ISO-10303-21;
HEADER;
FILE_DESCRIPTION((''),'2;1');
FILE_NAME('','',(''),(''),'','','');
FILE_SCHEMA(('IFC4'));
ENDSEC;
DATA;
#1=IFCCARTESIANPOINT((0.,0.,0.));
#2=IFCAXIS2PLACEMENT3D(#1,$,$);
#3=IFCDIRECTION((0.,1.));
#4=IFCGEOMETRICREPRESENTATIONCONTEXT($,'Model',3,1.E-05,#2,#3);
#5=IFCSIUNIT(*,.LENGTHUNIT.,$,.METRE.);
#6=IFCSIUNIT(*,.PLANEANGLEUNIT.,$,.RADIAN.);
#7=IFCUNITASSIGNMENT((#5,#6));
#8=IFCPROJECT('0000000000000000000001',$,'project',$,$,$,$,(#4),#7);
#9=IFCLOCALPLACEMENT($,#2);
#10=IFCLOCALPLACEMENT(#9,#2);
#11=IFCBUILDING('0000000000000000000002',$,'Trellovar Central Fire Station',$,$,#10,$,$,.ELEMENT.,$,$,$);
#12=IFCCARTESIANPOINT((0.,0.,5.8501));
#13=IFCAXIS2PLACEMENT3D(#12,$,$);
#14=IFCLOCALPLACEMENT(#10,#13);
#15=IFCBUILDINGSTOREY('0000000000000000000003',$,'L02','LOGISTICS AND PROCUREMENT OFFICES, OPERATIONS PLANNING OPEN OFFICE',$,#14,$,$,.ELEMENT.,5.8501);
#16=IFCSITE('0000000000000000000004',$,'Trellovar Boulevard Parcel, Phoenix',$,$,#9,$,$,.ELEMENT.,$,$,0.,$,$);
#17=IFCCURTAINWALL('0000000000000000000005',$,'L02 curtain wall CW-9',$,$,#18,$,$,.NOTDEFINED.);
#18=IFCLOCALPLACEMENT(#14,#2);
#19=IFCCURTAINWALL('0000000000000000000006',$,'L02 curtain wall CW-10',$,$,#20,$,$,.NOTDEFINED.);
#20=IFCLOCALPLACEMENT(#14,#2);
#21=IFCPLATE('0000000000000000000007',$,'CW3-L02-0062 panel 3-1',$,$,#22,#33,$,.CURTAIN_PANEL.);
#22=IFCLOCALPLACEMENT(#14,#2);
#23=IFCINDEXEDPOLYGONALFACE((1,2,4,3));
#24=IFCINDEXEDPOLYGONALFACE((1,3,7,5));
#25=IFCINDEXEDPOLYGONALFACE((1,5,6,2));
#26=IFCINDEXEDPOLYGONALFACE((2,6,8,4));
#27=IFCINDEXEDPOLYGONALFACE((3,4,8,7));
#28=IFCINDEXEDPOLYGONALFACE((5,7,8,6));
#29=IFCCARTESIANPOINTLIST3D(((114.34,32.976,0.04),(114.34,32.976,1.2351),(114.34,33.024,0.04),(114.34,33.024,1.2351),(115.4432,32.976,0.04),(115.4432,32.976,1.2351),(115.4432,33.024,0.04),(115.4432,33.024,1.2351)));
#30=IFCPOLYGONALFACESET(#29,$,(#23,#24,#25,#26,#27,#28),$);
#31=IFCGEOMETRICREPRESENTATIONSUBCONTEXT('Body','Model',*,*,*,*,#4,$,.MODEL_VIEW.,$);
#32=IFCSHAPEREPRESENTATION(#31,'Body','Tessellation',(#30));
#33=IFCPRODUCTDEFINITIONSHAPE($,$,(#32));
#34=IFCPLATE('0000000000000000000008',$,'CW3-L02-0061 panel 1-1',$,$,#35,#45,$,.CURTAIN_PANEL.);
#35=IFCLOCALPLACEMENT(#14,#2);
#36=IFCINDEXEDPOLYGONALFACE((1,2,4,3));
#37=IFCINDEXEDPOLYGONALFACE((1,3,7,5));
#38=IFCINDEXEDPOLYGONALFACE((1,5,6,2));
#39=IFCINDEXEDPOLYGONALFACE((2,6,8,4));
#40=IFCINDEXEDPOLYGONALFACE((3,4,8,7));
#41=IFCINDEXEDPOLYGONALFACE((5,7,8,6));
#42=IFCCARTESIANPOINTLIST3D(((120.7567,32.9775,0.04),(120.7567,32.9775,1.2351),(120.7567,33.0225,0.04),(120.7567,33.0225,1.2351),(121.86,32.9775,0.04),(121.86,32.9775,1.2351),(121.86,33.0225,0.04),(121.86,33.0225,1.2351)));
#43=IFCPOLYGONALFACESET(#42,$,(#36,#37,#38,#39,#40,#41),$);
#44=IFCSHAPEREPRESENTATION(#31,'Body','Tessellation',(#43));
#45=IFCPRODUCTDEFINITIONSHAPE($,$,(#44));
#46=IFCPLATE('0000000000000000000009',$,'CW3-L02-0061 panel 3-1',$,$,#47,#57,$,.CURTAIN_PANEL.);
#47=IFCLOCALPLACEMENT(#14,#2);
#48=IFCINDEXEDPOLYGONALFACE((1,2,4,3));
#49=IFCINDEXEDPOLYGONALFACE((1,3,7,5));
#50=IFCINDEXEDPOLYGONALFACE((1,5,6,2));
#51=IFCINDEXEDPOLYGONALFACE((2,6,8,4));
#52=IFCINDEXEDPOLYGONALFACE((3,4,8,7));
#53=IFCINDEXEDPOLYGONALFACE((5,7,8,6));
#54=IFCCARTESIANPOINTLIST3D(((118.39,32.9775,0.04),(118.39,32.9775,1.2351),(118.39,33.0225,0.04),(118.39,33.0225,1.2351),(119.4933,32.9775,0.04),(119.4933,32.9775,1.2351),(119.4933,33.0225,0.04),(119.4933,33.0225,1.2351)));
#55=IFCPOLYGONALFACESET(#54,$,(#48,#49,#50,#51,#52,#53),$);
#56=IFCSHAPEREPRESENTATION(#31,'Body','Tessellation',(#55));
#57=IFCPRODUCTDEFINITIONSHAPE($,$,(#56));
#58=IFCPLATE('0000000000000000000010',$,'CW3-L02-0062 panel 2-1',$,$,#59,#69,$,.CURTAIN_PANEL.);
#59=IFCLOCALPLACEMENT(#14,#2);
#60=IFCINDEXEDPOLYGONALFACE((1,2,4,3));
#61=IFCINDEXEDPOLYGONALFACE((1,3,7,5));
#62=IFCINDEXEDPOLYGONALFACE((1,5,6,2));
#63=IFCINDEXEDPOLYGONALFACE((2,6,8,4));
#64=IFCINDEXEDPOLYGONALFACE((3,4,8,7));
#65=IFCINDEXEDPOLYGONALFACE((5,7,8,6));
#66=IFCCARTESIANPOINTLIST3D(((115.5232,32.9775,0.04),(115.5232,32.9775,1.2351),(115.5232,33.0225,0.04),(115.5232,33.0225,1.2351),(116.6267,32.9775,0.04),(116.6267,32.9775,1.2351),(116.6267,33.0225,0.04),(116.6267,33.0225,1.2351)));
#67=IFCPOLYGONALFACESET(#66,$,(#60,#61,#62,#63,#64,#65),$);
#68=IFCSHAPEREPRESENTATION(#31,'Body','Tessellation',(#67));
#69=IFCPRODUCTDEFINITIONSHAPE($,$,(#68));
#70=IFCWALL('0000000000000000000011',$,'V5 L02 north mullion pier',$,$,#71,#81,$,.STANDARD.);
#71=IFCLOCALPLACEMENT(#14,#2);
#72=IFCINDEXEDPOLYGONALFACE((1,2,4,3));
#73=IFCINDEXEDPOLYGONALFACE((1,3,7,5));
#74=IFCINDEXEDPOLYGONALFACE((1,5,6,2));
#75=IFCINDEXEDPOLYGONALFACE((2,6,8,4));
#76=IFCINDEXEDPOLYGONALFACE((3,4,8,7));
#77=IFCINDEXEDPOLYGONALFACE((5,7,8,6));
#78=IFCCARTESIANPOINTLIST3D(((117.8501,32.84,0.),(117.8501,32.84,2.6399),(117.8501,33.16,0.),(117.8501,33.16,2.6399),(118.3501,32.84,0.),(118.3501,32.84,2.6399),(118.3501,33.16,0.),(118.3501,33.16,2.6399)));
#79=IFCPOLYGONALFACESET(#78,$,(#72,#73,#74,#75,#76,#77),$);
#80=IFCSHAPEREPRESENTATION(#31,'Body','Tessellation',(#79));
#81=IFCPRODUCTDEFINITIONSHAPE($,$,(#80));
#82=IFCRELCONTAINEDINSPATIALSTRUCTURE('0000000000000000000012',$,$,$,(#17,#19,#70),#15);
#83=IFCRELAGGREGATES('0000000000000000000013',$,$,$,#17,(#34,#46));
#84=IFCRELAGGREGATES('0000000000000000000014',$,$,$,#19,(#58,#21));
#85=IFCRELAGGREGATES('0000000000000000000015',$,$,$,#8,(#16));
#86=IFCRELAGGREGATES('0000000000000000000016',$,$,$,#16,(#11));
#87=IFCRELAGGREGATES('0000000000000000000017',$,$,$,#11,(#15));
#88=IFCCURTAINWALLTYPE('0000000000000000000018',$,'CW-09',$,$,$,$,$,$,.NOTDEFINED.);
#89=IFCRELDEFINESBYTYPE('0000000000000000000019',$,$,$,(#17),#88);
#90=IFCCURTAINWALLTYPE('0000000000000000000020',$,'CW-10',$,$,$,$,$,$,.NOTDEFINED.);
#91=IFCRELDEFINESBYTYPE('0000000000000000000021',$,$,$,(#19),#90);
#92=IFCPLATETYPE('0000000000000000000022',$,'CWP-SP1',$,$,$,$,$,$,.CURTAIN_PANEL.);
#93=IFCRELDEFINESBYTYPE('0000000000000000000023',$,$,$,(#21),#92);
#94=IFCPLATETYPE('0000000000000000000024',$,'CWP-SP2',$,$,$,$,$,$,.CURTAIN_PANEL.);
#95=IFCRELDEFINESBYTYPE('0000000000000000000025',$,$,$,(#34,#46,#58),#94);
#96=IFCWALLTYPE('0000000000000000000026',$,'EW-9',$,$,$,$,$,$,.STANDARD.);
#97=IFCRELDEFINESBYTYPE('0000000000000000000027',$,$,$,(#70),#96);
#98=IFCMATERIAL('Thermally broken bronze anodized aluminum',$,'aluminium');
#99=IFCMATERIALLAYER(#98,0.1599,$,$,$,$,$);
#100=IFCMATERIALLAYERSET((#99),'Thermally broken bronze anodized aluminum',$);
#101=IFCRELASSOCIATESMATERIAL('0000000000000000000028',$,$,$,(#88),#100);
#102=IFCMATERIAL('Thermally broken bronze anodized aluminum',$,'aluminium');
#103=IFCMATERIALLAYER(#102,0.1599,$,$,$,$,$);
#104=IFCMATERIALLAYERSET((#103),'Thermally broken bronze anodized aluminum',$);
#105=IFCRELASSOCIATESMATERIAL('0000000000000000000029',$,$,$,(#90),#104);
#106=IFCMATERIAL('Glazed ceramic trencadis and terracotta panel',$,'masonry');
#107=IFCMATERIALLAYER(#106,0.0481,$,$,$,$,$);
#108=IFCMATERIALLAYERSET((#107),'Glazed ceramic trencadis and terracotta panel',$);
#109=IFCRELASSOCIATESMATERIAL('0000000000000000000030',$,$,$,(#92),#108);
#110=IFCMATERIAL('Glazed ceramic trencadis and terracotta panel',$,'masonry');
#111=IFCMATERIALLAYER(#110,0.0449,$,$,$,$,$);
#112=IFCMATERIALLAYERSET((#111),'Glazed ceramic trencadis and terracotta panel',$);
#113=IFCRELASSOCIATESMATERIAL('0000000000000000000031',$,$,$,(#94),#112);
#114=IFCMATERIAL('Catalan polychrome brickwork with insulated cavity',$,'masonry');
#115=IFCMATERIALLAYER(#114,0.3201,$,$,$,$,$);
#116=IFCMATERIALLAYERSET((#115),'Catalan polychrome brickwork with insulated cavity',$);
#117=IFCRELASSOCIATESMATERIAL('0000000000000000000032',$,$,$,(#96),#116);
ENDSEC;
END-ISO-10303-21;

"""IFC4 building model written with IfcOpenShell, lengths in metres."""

from ifc_helpers import new_model, si_unit, direction, frame, frame_2d, origin, origin_2d, place, context, subcontext, project, spatial, rectangle, extrude, material, layer, layer_set, type_object, element, aggregate, save


model = new_model("IFC4")

# Units and contexts
model_context = context("Model", 3, precision=1e-05, world=origin(), true_north=direction((0.0, 1.0)))
body_context = subcontext(model_context, "Body", "Model", "MODEL_VIEW")
ifc_project = project(units=[si_unit("LENGTHUNIT", "METRE"), si_unit("PLANEANGLEUNIT", "RADIAN")], contexts=[model_context])

# Site, building, storey
site_placement = place(None, origin())
site = spatial("IfcSite", under=ifc_project, at=site_placement, Name="Trellovar Boulevard Parcel, Phoenix", CompositionType="ELEMENT", RefElevation=0.0)
building_placement = place(site_placement, origin())
building = spatial("IfcBuilding", under=site, at=building_placement, Name="Trellovar Central Fire Station", CompositionType="ELEMENT")
storey_placement = place(building_placement, frame((0.0, 0.0, 5.8501)))
storey = spatial("IfcBuildingStorey", under=building, at=storey_placement, Name="L02", Description="LOGISTICS AND PROCUREMENT OFFICES, OPERATIONS PLANNING OPEN OFFICE", CompositionType="ELEMENT", Elevation=5.8501)

# Curtain walls
ifc_material_1 = material(Name="Thermally broken bronze anodized aluminum", Category="aluminium")
ifc_layer_1 = layer(ifc_material_1, 0.1599)
ifc_layer_set_1 = layer_set([ifc_layer_1], Name="Thermally broken bronze anodized aluminum")
curtain_wall_type_1 = type_object("IfcCurtainWallType", Name="CW-09", PredefinedType="NOTDEFINED", material=ifc_layer_set_1)
curtain_wall_1_placement = place(storey_placement, origin())
curtain_wall_1 = element("IfcCurtainWall", 1, at=curtain_wall_1_placement, inside=storey, type_object=curtain_wall_type_1, Name="L02 curtain wall CW-9", PredefinedType="NOTDEFINED")
ifc_material_2 = material(Name="Thermally broken bronze anodized aluminum", Category="aluminium")
ifc_layer_2 = layer(ifc_material_2, 0.1599)
ifc_layer_set_2 = layer_set([ifc_layer_2], Name="Thermally broken bronze anodized aluminum")
curtain_wall_type_2 = type_object("IfcCurtainWallType", Name="CW-10", PredefinedType="NOTDEFINED", material=ifc_layer_set_2)
curtain_wall_2_placement = place(storey_placement, origin())
curtain_wall_2 = element("IfcCurtainWall", 2, at=curtain_wall_2_placement, inside=storey, type_object=curtain_wall_type_2, Name="L02 curtain wall CW-10", PredefinedType="NOTDEFINED")

# Plates
ifc_material_3 = material(Name="Glazed ceramic trencadis and terracotta panel", Category="masonry")
ifc_layer_3 = layer(ifc_material_3, 0.0481)
ifc_layer_set_3 = layer_set([ifc_layer_3], Name="Glazed ceramic trencadis and terracotta panel")
plate_type_1 = type_object("IfcPlateType", Name="CWP-SP1", PredefinedType="CURTAIN_PANEL", material=ifc_layer_set_3)
plate_1_placement = place(storey_placement, frame((114.8916, 33.0, 0.04), z_axis=(0.0, 0.0, 1.0), x_axis=(-1.0, 0.0, 0.0)))
plate_1 = element("IfcPlate", 3, at=plate_1_placement, type_object=plate_type_1, Name="CW3-L02-0062 panel 3-1", PredefinedType="CURTAIN_PANEL", context=body_context, shape_type="SweptSolid", body=[
    extrude(rectangle(XDim=1.1033, YDim=0.0481, at=origin_2d()), origin(), (0.0, 0.0, 1.0), 1.1951),
])
ifc_material_4 = material(Name="Glazed ceramic trencadis and terracotta panel", Category="masonry")
ifc_layer_4 = layer(ifc_material_4, 0.0449)
ifc_layer_set_4 = layer_set([ifc_layer_4], Name="Glazed ceramic trencadis and terracotta panel")
plate_type_2 = type_object("IfcPlateType", Name="CWP-SP2", PredefinedType="CURTAIN_PANEL", material=ifc_layer_set_4)
plate_2_placement = place(storey_placement, frame((121.3083, 33.0, 0.04), z_axis=(0.0, 0.0, 1.0), x_axis=(-1.0, 0.0, 0.0)))
plate_2 = element("IfcPlate", 4, at=plate_2_placement, type_object=plate_type_2, Name="CW3-L02-0061 panel 1-1", PredefinedType="CURTAIN_PANEL", context=body_context, shape_type="SweptSolid", body=[
    extrude(rectangle(XDim=1.1033, YDim=0.0449, at=origin_2d()), origin(), (0.0, 0.0, 1.0), 1.1951),
])
plate_3_placement = place(storey_placement, frame((118.9417, 33.0, 0.04), z_axis=(0.0, 0.0, 1.0), x_axis=(-1.0, 0.0, 0.0)))
plate_3 = element("IfcPlate", 5, at=plate_3_placement, type_object=plate_type_2, Name="CW3-L02-0061 panel 3-1", PredefinedType="CURTAIN_PANEL", context=body_context, shape_type="SweptSolid", body=[
    extrude(rectangle(XDim=1.1033, YDim=0.0449, at=origin_2d()), origin(), (0.0, 0.0, 1.0), 1.1951),
])
aggregate(curtain_wall_1, [plate_2, plate_3])
plate_4_placement = place(storey_placement, frame((116.075, 33.0, 0.04), z_axis=(0.0, 0.0, 1.0), x_axis=(-1.0, 0.0, 0.0)))
plate_4 = element("IfcPlate", 6, at=plate_4_placement, type_object=plate_type_2, Name="CW3-L02-0062 panel 2-1", PredefinedType="CURTAIN_PANEL", context=body_context, shape_type="SweptSolid", body=[
    extrude(rectangle(XDim=1.1035, YDim=0.0449, at=origin_2d()), origin(), (0.0, 0.0, 1.0), 1.1951),
])
aggregate(curtain_wall_2, [plate_4, plate_1])

# Wall
ifc_material_5 = material(Name="Catalan polychrome brickwork with insulated cavity", Category="masonry")
ifc_layer_5 = layer(ifc_material_5, 0.3201)
ifc_layer_set_5 = layer_set([ifc_layer_5], Name="Catalan polychrome brickwork with insulated cavity")
wall_type = type_object("IfcWallType", Name="EW-9", PredefinedType="STANDARD", material=ifc_layer_set_5)
wall_placement = place(storey_placement, frame((118.3501, 33.0, 0.0), z_axis=(0.0, 0.0, 1.0), x_axis=(-1.0, 0.0, 0.0)))
element("IfcWall", 7, at=wall_placement, inside=storey, type_object=wall_type, Name="V5 L02 north mullion pier", PredefinedType="STANDARD", context=body_context, shape_type="SweptSolid", body=[
    extrude(rectangle(XDim=0.5, YDim=0.3201, at=frame_2d((0.25, 0.0))), origin(), (0.0, 0.0, 1.0), 2.6399),
])

save(model, "model.ifc")
